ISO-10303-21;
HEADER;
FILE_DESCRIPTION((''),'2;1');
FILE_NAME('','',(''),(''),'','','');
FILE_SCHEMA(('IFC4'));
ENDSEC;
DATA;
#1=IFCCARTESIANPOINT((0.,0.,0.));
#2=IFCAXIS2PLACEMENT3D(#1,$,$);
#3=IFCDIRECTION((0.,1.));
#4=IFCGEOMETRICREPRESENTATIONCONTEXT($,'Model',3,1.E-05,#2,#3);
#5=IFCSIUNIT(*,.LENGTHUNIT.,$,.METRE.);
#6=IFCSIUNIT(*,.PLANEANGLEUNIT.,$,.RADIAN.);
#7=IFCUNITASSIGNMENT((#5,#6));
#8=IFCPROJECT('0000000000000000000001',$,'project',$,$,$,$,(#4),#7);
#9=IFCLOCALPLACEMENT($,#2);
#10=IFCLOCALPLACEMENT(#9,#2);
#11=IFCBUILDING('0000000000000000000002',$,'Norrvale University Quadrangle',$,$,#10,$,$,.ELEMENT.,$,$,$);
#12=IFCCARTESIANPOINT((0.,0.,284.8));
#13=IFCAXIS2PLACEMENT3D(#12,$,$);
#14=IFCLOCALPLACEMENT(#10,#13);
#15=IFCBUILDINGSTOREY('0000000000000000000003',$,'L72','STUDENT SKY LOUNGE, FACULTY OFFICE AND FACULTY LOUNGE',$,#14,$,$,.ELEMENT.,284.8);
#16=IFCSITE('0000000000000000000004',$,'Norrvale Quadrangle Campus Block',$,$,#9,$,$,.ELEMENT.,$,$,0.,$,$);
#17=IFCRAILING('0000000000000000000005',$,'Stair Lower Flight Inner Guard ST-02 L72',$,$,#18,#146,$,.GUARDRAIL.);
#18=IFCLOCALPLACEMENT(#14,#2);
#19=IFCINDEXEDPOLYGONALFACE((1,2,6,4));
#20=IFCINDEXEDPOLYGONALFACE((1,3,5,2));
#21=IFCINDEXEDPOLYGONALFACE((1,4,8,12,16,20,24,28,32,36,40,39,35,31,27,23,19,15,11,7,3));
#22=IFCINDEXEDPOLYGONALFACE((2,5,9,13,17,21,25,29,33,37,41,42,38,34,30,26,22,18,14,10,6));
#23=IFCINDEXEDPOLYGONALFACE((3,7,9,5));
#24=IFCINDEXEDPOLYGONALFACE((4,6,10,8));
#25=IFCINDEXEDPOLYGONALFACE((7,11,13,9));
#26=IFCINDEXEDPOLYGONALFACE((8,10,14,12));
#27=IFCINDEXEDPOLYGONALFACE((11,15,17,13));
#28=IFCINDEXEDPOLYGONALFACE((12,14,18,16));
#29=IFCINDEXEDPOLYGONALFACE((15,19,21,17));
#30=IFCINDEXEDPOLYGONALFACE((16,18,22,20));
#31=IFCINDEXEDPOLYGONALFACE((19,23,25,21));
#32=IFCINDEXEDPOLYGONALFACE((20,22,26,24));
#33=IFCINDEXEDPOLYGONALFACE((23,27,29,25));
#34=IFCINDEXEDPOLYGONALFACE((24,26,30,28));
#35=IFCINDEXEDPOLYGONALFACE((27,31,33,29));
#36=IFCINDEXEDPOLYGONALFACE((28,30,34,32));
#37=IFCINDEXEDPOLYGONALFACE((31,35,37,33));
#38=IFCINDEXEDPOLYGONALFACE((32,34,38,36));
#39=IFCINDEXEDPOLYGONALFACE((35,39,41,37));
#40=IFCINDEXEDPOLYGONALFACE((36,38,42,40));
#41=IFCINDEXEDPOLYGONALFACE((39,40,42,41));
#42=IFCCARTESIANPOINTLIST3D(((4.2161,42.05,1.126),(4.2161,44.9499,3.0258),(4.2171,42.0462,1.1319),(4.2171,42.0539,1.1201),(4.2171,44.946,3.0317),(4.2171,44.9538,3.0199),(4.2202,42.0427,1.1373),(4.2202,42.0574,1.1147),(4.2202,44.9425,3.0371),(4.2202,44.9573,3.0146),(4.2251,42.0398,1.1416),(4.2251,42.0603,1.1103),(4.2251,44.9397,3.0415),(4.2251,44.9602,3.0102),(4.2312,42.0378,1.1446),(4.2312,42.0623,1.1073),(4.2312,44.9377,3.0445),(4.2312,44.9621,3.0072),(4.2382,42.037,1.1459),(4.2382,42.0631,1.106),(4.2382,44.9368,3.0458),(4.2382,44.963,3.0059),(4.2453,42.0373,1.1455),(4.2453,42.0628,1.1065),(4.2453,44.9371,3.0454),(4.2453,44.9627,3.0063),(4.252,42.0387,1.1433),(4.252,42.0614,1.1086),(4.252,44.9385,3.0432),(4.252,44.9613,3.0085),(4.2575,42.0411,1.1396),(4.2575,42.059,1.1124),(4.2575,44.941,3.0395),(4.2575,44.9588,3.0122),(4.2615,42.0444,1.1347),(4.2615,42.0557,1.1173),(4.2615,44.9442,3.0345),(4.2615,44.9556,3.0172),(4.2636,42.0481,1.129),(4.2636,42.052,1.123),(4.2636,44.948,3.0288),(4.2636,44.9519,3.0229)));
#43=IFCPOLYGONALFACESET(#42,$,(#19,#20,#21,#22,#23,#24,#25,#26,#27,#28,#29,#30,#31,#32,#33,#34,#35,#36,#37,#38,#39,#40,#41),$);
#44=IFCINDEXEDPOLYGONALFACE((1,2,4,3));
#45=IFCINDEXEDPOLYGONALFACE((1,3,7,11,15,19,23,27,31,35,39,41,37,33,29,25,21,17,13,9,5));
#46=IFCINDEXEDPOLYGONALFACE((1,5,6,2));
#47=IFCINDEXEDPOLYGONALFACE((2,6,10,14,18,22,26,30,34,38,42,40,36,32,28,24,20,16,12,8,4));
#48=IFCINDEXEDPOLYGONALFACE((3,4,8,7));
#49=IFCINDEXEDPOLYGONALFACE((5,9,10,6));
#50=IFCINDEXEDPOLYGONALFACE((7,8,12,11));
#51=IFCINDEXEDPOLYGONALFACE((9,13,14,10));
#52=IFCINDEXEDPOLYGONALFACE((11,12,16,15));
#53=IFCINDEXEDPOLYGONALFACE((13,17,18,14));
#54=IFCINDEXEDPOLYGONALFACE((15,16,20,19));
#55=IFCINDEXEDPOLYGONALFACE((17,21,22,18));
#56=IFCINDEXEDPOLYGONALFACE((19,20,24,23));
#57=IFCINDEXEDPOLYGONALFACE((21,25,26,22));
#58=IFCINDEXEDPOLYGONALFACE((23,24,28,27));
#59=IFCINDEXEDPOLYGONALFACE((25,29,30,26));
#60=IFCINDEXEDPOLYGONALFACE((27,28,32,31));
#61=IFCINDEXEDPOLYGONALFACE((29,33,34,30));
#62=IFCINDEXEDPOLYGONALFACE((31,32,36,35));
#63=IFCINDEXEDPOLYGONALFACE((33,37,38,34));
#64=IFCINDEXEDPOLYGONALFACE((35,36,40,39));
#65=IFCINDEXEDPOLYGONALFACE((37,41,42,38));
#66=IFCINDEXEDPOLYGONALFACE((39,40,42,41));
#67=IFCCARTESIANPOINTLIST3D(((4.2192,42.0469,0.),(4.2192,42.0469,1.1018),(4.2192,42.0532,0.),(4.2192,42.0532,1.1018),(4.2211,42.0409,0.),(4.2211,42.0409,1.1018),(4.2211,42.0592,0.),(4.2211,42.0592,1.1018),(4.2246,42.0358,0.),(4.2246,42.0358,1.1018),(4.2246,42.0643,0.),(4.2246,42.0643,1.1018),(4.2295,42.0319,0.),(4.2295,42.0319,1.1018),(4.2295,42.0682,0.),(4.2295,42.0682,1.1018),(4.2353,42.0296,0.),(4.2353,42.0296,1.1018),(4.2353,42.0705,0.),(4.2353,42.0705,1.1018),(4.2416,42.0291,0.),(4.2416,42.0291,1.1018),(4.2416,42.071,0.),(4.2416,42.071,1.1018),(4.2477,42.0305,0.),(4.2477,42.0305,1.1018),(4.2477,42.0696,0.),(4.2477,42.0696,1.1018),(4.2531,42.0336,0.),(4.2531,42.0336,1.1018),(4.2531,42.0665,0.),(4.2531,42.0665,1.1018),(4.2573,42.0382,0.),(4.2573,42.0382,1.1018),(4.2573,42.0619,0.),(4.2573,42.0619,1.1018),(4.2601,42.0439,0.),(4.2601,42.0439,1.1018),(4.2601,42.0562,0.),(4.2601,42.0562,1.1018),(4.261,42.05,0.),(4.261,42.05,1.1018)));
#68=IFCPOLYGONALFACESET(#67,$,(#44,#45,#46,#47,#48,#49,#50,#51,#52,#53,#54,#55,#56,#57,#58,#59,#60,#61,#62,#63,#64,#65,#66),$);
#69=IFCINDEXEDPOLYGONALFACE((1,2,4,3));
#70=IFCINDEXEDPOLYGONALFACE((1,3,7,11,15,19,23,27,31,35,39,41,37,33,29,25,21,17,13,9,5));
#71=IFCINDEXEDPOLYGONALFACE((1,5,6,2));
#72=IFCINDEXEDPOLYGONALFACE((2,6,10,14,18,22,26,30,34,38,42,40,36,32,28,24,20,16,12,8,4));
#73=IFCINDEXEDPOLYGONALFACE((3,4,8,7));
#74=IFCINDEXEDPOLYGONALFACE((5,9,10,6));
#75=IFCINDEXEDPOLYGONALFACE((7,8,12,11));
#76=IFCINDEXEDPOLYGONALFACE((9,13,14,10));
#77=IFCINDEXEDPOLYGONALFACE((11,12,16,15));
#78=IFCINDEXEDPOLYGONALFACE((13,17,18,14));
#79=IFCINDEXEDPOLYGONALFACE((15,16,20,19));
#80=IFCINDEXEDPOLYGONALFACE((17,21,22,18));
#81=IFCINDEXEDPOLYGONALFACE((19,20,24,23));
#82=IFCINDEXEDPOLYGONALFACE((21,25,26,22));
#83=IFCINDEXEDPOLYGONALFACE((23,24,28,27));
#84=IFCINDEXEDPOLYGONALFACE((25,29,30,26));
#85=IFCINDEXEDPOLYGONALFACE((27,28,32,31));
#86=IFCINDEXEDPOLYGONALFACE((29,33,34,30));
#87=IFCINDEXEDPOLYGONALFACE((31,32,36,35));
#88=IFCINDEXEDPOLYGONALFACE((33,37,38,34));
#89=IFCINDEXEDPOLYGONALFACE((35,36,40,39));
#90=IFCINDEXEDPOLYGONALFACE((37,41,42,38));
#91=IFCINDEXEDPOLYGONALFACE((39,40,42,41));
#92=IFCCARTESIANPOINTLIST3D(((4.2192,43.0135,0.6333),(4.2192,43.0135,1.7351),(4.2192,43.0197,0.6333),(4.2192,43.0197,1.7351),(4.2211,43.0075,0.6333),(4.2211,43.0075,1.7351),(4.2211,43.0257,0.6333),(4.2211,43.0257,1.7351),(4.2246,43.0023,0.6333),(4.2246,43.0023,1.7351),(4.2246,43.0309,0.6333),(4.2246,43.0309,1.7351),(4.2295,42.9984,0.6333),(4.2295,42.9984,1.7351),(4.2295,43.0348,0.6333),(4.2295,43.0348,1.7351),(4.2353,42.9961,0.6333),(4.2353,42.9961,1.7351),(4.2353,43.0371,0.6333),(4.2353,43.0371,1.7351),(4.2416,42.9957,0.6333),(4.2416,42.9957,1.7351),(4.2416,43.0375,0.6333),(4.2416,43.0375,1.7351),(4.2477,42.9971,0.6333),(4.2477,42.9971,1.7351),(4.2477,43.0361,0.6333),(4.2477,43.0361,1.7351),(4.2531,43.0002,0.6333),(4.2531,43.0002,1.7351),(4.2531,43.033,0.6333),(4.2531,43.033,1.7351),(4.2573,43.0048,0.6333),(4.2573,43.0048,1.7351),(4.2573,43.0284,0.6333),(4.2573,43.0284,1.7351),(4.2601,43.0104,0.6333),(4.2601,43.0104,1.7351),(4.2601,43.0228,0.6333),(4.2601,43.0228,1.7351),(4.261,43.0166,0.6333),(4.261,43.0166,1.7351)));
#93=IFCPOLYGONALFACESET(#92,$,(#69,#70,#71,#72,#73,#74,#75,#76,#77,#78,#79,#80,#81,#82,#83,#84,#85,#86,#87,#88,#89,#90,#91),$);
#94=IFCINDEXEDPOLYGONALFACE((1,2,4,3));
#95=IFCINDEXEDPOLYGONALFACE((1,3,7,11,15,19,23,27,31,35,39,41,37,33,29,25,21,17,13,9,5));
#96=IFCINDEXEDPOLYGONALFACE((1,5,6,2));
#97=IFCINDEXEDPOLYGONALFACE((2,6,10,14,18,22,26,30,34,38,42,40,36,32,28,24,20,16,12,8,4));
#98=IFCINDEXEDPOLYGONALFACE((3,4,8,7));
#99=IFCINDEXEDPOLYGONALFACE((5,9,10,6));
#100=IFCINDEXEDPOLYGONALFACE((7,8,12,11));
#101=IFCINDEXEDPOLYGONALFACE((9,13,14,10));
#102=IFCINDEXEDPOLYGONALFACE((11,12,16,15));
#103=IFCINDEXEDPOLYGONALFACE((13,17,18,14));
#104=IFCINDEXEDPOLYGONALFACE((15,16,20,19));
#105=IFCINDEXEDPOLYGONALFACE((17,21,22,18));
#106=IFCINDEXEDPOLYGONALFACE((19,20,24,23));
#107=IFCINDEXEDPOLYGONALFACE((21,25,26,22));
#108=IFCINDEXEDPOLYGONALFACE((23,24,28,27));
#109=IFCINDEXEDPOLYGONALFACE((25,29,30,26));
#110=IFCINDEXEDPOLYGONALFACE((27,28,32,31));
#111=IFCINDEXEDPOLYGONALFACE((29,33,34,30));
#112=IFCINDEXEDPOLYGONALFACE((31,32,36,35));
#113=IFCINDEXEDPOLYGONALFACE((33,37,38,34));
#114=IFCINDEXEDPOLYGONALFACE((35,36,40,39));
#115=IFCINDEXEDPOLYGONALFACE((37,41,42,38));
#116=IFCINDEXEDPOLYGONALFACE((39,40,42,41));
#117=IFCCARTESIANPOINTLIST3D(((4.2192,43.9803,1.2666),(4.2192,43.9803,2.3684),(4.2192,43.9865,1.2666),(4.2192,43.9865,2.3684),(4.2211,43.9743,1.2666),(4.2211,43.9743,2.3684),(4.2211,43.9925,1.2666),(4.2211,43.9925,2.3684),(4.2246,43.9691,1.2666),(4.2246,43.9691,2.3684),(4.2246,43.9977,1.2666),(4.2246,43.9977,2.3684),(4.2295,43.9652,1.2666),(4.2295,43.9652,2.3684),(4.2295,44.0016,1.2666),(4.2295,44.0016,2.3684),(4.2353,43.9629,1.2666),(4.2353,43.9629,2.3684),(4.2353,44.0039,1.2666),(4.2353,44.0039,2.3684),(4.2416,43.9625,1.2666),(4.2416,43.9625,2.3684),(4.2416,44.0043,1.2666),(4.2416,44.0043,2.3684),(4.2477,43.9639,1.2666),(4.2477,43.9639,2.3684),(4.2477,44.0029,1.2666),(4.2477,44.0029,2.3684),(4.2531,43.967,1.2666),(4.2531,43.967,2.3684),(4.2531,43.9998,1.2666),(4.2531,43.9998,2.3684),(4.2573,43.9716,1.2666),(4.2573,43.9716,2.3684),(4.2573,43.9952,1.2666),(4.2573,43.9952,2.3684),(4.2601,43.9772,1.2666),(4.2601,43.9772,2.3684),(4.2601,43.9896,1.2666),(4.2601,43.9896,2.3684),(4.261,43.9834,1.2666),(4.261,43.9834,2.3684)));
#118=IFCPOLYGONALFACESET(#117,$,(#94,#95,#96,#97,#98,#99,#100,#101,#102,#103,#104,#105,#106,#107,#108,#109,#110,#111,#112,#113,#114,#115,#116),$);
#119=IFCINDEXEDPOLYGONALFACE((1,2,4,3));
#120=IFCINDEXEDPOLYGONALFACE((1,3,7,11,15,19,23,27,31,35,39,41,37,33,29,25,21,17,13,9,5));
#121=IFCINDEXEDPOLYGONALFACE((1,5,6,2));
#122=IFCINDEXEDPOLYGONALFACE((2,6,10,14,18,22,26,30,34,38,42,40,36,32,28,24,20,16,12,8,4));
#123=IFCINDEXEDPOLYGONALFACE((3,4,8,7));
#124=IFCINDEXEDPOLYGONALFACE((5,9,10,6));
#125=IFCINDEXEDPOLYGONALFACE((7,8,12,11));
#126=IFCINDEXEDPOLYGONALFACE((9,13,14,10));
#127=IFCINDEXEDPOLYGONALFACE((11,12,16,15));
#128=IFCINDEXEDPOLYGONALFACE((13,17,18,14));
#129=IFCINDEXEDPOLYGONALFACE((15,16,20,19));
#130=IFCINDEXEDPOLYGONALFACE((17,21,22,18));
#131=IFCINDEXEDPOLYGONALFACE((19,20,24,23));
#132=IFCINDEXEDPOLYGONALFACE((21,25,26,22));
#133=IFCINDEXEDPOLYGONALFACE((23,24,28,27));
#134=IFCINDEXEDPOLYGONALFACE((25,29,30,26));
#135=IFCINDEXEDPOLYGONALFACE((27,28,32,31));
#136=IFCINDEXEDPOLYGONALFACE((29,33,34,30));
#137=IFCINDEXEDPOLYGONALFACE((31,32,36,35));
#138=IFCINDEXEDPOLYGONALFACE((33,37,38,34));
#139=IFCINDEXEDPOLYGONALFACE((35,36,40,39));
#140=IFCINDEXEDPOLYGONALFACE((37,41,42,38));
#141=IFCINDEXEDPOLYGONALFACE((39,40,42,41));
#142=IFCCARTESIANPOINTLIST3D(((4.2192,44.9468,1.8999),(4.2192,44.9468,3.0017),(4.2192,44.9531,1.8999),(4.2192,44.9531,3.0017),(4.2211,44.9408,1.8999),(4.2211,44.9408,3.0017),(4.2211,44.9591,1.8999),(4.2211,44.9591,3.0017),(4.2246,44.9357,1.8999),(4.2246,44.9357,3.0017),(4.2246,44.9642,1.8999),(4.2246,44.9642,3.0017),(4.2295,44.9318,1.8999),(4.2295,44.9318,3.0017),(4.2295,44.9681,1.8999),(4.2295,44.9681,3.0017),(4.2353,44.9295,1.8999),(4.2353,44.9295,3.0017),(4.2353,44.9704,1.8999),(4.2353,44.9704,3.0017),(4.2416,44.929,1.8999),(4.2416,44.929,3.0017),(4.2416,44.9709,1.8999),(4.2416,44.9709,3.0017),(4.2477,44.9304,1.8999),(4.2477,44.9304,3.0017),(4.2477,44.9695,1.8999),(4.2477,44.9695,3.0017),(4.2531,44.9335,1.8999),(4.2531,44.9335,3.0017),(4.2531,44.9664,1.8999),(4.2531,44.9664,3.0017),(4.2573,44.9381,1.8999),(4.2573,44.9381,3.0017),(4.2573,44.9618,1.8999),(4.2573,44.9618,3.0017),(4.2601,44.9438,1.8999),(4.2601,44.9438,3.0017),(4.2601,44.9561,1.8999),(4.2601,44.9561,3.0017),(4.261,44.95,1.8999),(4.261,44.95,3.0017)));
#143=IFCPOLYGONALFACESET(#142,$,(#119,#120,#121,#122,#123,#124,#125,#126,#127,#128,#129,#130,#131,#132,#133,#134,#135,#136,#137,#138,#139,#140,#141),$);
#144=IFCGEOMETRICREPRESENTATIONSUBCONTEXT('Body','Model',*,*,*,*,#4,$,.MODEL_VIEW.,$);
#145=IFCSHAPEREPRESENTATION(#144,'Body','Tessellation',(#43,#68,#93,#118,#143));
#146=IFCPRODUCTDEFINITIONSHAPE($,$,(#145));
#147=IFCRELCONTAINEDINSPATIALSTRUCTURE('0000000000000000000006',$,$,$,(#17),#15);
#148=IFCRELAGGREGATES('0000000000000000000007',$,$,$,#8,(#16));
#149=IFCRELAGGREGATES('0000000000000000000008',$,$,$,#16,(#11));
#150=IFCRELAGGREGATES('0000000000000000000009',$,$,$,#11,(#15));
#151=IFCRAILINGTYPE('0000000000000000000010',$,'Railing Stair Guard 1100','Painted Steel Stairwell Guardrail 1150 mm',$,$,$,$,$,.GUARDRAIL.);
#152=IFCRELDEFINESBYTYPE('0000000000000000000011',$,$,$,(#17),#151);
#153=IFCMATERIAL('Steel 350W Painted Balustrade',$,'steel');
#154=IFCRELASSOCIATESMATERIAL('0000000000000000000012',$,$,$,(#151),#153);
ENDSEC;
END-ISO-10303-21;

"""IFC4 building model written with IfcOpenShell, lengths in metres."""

from ifc_helpers import new_model, si_unit, direction, frame, origin, origin_2d, place, context, subcontext, project, spatial, circle, extrude, material, type_object, element, save


model = new_model("IFC4")

# Units and contexts
model_context = context("Model", 3, precision=1e-05, world=origin(), true_north=direction((0.0, 1.0)))
body_context = subcontext(model_context, "Body", "Model", "MODEL_VIEW")
ifc_project = project(units=[si_unit("LENGTHUNIT", "METRE"), si_unit("PLANEANGLEUNIT", "RADIAN")], contexts=[model_context])

# Site, building, storey
site_placement = place(None, origin())
site = spatial("IfcSite", under=ifc_project, at=site_placement, Name="Norrvale Quadrangle Campus Block", CompositionType="ELEMENT", RefElevation=0.0)
building_placement = place(site_placement, origin())
building = spatial("IfcBuilding", under=site, at=building_placement, Name="Norrvale University Quadrangle", CompositionType="ELEMENT")
storey_placement = place(building_placement, frame((0.0, 0.0, 284.8)))
storey = spatial("IfcBuildingStorey", under=building, at=storey_placement, Name="L72", Description="STUDENT SKY LOUNGE, FACULTY OFFICE AND FACULTY LOUNGE", CompositionType="ELEMENT", Elevation=284.8)

# Railing
ifc_material_1 = material(Name="Steel 350W Painted Balustrade", Category="steel")
railing_type_1 = type_object("IfcRailingType", Name="Railing Stair Guard 1100", Description="Painted Steel Stairwell Guardrail 1150 mm", PredefinedType="GUARDRAIL", material=ifc_material_1)
railing_1_placement = place(storey_placement, frame((4.24, 42.05, 0.0)))
element("IfcRailing", 1, at=railing_1_placement, inside=storey, type_object=railing_type_1, Name="Stair Lower Flight Inner Guard ST-02 L72", PredefinedType="GUARDRAIL", context=body_context, shape_type="SweptSolid", body=[
    extrude(circle(Radius=0.0239, at=origin_2d()), frame((0.0, 0.0, 1.126), z_axis=(0.0, 0.836466, 0.548019), x_axis=(-1.0, 0.0, 0.0)), (0.0, 0.0, 1.0), 3.4668),
    extrude(circle(Radius=0.021, at=origin_2d()), origin(), (0.0, 0.0, 1.0), 1.1018),
    extrude(circle(Radius=0.021, at=origin_2d()), frame((0.0, 0.9666, 0.6333)), (0.0, 0.0, 1.0), 1.1018),
    extrude(circle(Radius=0.021, at=origin_2d()), frame((0.0, 1.9333, 1.2666)), (0.0, 0.0, 1.0), 1.1018),
    extrude(circle(Radius=0.021, at=origin_2d()), frame((0.0, 2.8999, 1.8999)), (0.0, 0.0, 1.0), 1.1018),
])

save(model, "model.ifc")
